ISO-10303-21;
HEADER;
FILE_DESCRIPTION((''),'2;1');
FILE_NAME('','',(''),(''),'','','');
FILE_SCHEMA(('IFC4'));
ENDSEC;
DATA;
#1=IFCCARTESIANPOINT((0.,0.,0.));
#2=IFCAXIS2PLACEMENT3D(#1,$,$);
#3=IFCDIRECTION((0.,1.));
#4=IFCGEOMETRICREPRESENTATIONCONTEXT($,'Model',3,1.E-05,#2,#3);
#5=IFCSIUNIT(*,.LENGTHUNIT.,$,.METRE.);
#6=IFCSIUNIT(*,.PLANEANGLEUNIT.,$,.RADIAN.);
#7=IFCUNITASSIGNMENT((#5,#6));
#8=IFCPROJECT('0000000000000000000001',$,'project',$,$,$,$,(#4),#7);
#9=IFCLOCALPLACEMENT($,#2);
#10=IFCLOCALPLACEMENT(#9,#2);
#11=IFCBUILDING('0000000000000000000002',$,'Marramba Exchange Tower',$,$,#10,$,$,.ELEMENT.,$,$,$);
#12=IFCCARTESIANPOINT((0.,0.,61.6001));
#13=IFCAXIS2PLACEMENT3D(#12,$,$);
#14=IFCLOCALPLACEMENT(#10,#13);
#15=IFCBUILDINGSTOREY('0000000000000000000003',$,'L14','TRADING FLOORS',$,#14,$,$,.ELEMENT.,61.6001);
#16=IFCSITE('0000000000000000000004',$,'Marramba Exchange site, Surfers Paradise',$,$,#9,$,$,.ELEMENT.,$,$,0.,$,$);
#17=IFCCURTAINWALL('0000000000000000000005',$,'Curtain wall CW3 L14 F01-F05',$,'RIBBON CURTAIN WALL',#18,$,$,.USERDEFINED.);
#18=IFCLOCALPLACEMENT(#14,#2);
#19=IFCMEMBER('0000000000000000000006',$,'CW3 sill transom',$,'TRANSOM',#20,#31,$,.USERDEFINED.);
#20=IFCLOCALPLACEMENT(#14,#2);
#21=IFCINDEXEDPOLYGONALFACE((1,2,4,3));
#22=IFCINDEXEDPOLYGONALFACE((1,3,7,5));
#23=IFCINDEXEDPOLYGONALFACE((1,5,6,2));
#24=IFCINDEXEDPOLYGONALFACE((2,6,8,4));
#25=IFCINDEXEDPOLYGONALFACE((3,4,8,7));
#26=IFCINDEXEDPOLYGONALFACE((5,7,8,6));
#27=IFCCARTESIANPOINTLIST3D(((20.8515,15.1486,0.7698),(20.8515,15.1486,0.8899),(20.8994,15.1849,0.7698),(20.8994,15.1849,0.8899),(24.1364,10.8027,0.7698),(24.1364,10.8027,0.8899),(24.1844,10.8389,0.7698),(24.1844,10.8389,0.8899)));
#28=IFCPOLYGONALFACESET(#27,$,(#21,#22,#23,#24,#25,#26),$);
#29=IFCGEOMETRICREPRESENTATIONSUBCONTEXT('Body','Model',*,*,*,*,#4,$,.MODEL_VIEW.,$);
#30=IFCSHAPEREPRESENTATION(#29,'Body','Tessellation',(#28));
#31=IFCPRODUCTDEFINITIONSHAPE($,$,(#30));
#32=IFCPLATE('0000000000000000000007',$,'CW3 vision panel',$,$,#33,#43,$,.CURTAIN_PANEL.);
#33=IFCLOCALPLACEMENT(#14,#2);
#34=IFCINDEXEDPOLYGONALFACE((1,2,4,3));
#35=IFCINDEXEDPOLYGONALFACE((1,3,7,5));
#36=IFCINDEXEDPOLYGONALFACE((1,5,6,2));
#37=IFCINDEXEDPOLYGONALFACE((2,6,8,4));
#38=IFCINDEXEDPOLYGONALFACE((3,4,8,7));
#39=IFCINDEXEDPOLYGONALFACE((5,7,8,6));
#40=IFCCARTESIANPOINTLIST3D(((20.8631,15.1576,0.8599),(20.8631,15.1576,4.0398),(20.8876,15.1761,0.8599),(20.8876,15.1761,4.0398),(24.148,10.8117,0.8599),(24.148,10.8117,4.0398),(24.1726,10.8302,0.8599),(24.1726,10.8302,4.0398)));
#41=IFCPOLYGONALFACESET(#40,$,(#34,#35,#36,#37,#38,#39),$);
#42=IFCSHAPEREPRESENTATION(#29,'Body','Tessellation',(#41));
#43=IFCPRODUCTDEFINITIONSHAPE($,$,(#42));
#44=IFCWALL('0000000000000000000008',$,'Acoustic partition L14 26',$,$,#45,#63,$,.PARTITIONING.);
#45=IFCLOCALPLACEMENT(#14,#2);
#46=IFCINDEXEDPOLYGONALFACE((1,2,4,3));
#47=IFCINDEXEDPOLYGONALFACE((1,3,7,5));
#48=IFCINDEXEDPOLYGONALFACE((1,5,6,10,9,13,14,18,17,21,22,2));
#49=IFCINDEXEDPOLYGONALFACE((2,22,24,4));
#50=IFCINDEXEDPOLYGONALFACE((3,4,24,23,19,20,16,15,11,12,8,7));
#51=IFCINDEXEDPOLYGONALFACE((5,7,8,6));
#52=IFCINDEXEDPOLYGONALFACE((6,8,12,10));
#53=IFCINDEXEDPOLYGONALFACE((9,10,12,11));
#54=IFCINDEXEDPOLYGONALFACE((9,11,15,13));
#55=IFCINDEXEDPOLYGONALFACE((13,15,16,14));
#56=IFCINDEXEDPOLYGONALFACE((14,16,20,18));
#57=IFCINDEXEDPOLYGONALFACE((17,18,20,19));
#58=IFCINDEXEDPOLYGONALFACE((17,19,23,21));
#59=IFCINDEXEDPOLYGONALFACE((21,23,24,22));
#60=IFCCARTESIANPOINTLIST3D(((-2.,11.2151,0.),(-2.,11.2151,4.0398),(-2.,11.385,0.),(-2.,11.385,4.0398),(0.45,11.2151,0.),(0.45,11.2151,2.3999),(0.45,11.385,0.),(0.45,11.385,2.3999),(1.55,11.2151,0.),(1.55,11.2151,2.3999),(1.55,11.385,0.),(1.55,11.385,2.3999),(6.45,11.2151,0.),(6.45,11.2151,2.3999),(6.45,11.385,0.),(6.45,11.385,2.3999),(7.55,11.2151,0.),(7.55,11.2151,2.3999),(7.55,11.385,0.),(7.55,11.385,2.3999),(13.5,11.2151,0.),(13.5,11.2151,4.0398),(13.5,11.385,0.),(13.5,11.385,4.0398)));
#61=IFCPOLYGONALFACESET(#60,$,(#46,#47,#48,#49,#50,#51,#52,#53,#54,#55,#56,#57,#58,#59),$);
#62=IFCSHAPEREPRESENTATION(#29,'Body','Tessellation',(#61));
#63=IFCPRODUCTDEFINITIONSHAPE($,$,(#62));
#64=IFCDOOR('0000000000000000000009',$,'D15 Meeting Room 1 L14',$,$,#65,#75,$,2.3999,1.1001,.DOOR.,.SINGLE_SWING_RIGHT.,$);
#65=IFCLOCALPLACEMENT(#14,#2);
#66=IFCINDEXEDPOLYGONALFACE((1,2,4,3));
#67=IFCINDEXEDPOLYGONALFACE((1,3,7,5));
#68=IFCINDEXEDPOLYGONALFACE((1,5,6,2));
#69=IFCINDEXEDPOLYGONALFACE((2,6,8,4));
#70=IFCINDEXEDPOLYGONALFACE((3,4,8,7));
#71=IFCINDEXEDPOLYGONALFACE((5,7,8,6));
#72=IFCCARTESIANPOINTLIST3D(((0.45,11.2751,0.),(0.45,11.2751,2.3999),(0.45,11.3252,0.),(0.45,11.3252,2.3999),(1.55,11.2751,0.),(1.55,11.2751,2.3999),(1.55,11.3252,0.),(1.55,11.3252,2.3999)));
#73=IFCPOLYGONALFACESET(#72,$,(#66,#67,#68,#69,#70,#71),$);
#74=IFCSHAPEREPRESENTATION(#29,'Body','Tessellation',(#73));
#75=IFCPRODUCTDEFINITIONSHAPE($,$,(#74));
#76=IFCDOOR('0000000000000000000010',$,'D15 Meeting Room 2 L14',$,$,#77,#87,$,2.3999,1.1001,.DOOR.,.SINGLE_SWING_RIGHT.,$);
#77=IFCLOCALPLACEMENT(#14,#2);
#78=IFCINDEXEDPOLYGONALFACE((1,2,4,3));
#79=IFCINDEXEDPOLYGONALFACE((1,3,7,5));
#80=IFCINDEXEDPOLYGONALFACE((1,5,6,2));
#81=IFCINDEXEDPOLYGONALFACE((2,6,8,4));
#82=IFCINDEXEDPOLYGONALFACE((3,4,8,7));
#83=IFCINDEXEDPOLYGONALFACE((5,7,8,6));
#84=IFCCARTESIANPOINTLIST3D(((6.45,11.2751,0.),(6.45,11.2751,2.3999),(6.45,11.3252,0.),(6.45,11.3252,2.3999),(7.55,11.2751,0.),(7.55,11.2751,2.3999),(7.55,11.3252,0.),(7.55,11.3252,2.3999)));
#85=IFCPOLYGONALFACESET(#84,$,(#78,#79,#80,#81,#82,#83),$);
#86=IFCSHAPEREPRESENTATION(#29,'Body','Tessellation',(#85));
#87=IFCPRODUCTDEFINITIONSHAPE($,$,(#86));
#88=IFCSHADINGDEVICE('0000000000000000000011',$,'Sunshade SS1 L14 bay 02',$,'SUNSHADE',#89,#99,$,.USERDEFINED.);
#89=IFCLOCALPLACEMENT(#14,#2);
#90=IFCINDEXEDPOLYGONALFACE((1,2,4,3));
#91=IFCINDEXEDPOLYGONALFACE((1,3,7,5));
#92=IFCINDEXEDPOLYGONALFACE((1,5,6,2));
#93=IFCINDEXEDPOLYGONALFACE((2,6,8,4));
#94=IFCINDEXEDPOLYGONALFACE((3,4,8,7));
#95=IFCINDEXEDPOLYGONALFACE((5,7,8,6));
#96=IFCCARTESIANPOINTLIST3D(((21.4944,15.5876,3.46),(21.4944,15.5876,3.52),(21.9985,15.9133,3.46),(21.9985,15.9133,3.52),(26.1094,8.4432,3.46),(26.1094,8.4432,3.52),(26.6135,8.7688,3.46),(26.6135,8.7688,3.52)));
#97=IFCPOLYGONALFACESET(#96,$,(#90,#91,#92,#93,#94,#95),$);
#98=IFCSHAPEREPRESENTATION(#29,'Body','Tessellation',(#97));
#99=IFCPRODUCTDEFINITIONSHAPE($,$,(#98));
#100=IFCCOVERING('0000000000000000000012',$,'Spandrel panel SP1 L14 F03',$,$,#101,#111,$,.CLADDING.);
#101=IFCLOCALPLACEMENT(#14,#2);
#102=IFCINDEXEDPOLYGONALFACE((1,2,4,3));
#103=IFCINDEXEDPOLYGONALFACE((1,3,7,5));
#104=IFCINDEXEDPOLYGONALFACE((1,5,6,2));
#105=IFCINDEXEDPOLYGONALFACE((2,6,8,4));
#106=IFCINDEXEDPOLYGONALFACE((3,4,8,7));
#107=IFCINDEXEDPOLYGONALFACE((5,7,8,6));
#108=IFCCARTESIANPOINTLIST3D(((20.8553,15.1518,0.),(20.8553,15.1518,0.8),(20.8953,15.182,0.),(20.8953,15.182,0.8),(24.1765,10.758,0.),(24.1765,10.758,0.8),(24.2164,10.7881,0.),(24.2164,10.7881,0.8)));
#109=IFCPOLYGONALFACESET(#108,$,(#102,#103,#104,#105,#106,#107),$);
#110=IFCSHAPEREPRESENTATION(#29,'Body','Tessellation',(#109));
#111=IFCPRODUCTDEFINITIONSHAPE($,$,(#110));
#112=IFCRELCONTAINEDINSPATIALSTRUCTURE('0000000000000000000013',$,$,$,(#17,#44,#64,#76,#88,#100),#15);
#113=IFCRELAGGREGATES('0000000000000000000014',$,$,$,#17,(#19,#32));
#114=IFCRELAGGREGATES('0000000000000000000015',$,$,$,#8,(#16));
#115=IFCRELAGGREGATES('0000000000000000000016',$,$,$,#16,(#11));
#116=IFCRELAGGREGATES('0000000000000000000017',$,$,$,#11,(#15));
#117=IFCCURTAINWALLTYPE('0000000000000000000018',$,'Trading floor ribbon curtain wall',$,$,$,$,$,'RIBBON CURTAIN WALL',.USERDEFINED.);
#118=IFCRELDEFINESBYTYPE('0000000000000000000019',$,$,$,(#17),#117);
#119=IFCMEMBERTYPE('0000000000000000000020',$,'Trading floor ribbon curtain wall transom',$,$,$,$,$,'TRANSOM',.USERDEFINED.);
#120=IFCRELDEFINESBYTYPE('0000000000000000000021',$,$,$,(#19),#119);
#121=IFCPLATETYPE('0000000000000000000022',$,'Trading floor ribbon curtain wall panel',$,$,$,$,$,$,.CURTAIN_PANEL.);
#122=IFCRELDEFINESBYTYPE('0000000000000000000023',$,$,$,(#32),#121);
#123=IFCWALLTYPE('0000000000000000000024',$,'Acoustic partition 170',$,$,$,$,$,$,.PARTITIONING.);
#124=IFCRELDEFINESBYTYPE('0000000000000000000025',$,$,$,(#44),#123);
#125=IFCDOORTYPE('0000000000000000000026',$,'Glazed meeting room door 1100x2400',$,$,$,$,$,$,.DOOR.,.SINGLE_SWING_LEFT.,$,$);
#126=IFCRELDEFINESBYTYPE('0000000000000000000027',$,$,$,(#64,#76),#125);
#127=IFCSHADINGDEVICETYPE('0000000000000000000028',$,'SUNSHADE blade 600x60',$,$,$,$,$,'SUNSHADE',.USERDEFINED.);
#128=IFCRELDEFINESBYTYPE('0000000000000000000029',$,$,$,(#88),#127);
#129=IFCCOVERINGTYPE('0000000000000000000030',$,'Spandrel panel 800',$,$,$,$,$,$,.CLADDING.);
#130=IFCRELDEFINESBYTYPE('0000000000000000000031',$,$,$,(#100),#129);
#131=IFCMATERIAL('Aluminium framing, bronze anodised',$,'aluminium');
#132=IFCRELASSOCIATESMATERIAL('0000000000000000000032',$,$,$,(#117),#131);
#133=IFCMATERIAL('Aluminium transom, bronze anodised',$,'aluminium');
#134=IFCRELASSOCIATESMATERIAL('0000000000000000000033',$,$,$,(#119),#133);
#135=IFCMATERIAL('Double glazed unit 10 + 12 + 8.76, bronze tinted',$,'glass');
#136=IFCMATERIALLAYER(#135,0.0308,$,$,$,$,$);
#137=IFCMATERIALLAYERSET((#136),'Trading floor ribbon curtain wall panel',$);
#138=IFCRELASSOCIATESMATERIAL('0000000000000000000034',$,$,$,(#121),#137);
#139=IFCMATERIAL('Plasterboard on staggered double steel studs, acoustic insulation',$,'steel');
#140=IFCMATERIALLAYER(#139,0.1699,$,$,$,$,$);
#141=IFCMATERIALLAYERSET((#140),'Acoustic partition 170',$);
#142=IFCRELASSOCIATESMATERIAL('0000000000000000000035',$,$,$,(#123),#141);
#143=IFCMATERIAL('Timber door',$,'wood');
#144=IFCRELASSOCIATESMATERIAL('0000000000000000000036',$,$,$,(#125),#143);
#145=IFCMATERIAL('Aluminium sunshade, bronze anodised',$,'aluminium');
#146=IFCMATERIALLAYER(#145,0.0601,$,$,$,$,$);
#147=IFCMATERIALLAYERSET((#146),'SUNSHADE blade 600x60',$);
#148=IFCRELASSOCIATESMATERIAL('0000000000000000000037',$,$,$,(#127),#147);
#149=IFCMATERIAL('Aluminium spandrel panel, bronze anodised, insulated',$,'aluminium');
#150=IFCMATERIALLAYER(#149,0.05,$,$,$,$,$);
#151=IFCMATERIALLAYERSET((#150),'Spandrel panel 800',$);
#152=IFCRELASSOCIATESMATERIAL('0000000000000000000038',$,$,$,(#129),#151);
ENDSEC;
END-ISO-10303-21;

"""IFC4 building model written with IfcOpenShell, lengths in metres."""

from ifc_helpers import new_model, si_unit, direction, frame, frame_2d, origin, origin_2d, place, context, subcontext, project, spatial, rectangle, extrude, material, layer, layer_set, material_profile, profile_set, type_object, element, fill, aggregate, save


model = new_model("IFC4")

# Units and contexts
model_context = context("Model", 3, precision=1e-05, world=origin(), true_north=direction((0.0, 1.0)))
body_context = subcontext(model_context, "Body", "Model", "MODEL_VIEW")
ifc_project = project(units=[si_unit("LENGTHUNIT", "METRE"), si_unit("PLANEANGLEUNIT", "RADIAN")], contexts=[model_context])

# Site, building, storey
site_placement = place(None, origin())
site = spatial("IfcSite", under=ifc_project, at=site_placement, Name="Marramba Exchange site, Surfers Paradise", CompositionType="ELEMENT", RefElevation=0.0)
building_placement = place(site_placement, origin())
building = spatial("IfcBuilding", under=site, at=building_placement, Name="Marramba Exchange Tower", CompositionType="ELEMENT")
storey_placement = place(building_placement, frame((0.0, 0.0, 61.6001)))
storey = spatial("IfcBuildingStorey", under=building, at=storey_placement, Name="L14", Description="TRADING FLOORS", CompositionType="ELEMENT", Elevation=61.6001)

# Curtain wall, member, plate
ifc_material_1 = material(Name="Aluminium framing, bronze anodised", Category="aluminium")
curtain_wall_type = type_object("IfcCurtainWallType", Name="Trading floor ribbon curtain wall", ElementType="RIBBON CURTAIN WALL", PredefinedType="USERDEFINED", material=ifc_material_1)
curtain_wall_placement = place(storey_placement, origin())
curtain_wall = element("IfcCurtainWall", 1, at=curtain_wall_placement, inside=storey, type_object=curtain_wall_type, Name="Curtain wall CW3 L14 F01-F05", ObjectType="RIBBON CURTAIN WALL", PredefinedType="USERDEFINED")
ifc_material_2 = material(Name="Aluminium transom, bronze anodised", Category="aluminium")
ifc_material_profile_1 = material_profile(ifc_material_2, rectangle(XDim=0.0601, YDim=0.1201, at=origin_2d()), Name="CW3 transom 60x120")
ifc_profile_set_1 = profile_set([ifc_material_profile_1], Name="Aluminium transom, bronze anodised")
member_type_1 = type_object("IfcMemberType", Name="Trading floor ribbon curtain wall transom", ElementType="TRANSOM", PredefinedType="USERDEFINED", material=ifc_profile_set_1)
member_1_placement = place(storey_placement, frame((24.1604, 10.8208, 0.8298), z_axis=(-0.602986, 0.797752, 0.0), x_axis=(-0.797752, -0.602986, 0.0)))
member_1 = element("IfcMember", 2, at=member_1_placement, type_object=member_type_1, Name="CW3 sill transom", ObjectType="TRANSOM", PredefinedType="USERDEFINED", context=body_context, shape_type="SweptSolid", body=[
    extrude(rectangle(XDim=0.0601, YDim=0.1201, at=origin_2d()), origin(), (0.0, 0.0, 1.0), 5.4478),
])
ifc_material_3 = material(Name="Double glazed unit 10 + 12 + 8.76, bronze tinted", Category="glass")
ifc_layer_1 = layer(ifc_material_3, 0.0308)
ifc_layer_set_1 = layer_set([ifc_layer_1], Name="Trading floor ribbon curtain wall panel")
plate_type = type_object("IfcPlateType", Name="Trading floor ribbon curtain wall panel", PredefinedType="CURTAIN_PANEL", material=ifc_layer_set_1)
plate_placement = place(storey_placement, frame((22.5178, 12.9939, 0.8599), z_axis=(0.0, 0.0, 1.0), x_axis=(-0.60299, 0.797749, 0.0)))
plate = element("IfcPlate", 3, at=plate_placement, type_object=plate_type, Name="CW3 vision panel", PredefinedType="CURTAIN_PANEL", context=body_context, shape_type="SweptSolid", body=[
    extrude(rectangle(XDim=5.4478, YDim=0.0308, at=origin_2d()), origin(), (0.0, 0.0, 1.0), 3.1799),
])
aggregate(curtain_wall, [member_1, plate])

# Wall, openings, doors
ifc_material_4 = material(Name="Plasterboard on staggered double steel studs, acoustic insulation", Category="steel")
ifc_layer_2 = layer(ifc_material_4, 0.1699)
ifc_layer_set_2 = layer_set([ifc_layer_2], Name="Acoustic partition 170")
wall_type_1 = type_object("IfcWallType", Name="Acoustic partition 170", PredefinedType="PARTITIONING", material=ifc_layer_set_2)
wall_1_placement = place(storey_placement, frame((13.5, 11.3, 0.0), z_axis=(0.0, 0.0, 1.0), x_axis=(-1.0, 0.0, 0.0)))
wall_1 = element("IfcWall", 4, at=wall_1_placement, inside=storey, type_object=wall_type_1, Name="Acoustic partition L14 26", PredefinedType="PARTITIONING", context=body_context, shape_type="SweptSolid", body=[
    extrude(rectangle(XDim=15.5, YDim=0.1699, at=frame_2d((7.75, 0.0))), origin(), (0.0, 0.0, 1.0), 4.0398),
])
opening_1_placement = place(wall_1_placement, frame((11.95, 0.0, 0.0)))
opening_1 = element("IfcOpeningElement", 5, at=opening_1_placement, cuts=wall_1, PredefinedType="OPENING", context=body_context, shape_type="SweptSolid", body=[
    extrude(rectangle(XDim=1.1001, YDim=2.3999, at=frame_2d((0.55, 1.2))), frame((0.0, 0.095, 0.0), z_axis=(0.0, -1.0, 0.0), x_axis=(1.0, 0.0, 0.0)), (0.0, 0.0, 1.0), 0.1899),
])
opening_2_placement = place(wall_1_placement, frame((5.95, 0.0, 0.0)))
opening_2 = element("IfcOpeningElement", 6, at=opening_2_placement, cuts=wall_1, PredefinedType="OPENING", context=body_context, shape_type="SweptSolid", body=[
    extrude(rectangle(XDim=1.1001, YDim=2.3999, at=frame_2d((0.55, 1.2))), frame((0.0, 0.095, 0.0), z_axis=(0.0, -1.0, 0.0), x_axis=(1.0, 0.0, 0.0)), (0.0, 0.0, 1.0), 0.1899),
])
ifc_material_5 = material(Name="Timber door", Category="wood")
door_type_1 = type_object("IfcDoorType", Name="Glazed meeting room door 1100x2400", OperationType="SINGLE_SWING_LEFT", PredefinedType="DOOR", material=ifc_material_5)
door_1_placement = place(opening_1_placement, frame((1.1001, 0.0, 0.0), z_axis=(0.0, 0.0, 1.0), x_axis=(-1.0, 0.0, 0.0)))
door_1 = element("IfcDoor", 7, at=door_1_placement, inside=storey, type_object=door_type_1, Name="D15 Meeting Room 1 L14", OperationType="SINGLE_SWING_RIGHT", OverallHeight=2.3999, OverallWidth=1.1001, PredefinedType="DOOR", context=body_context, shape_type="SweptSolid", body=[
    extrude(rectangle(XDim=1.1001, YDim=2.3999, at=frame_2d((0.55, 1.2))), frame((0.0, 0.0251, 0.0), z_axis=(0.0, -1.0, 0.0), x_axis=(1.0, 0.0, 0.0)), (0.0, 0.0, 1.0), 0.05),
])
fill(opening_1, door_1)
door_2_placement = place(opening_2_placement, frame((1.1001, 0.0, 0.0), z_axis=(0.0, 0.0, 1.0), x_axis=(-1.0, 0.0, 0.0)))
door_2 = element("IfcDoor", 8, at=door_2_placement, inside=storey, type_object=door_type_1, Name="D15 Meeting Room 2 L14", OperationType="SINGLE_SWING_RIGHT", OverallHeight=2.3999, OverallWidth=1.1001, PredefinedType="DOOR", context=body_context, shape_type="SweptSolid", body=[
    extrude(rectangle(XDim=1.1001, YDim=2.3999, at=frame_2d((0.55, 1.2))), frame((0.0, 0.0251, 0.0), z_axis=(0.0, -1.0, 0.0), x_axis=(1.0, 0.0, 0.0)), (0.0, 0.0, 1.0), 0.05),
])
fill(opening_2, door_2)

# Shading device
ifc_material_6 = material(Name="Aluminium sunshade, bronze anodised", Category="aluminium")
ifc_layer_3 = layer(ifc_material_6, 0.0601)
ifc_layer_set_3 = layer_set([ifc_layer_3], Name="SUNSHADE blade 600x60")
shading_device_type = type_object("IfcShadingDeviceType", Name="SUNSHADE blade 600x60", ElementType="SUNSHADE", PredefinedType="USERDEFINED", material=ifc_layer_set_3)
shading_device_placement = place(storey_placement, frame((24.054, 12.1782, 3.46), z_axis=(0.0, 0.0, 1.0), x_axis=(-0.542597, 0.839993, 0.0)))
element("IfcShadingDevice", 9, at=shading_device_placement, inside=storey, type_object=shading_device_type, Name="Sunshade SS1 L14 bay 02", ObjectType="SUNSHADE", PredefinedType="USERDEFINED", context=body_context, shape_type="SweptSolid", body=[
    extrude(rectangle(XDim=8.5054, YDim=0.6001, at=origin_2d()), origin(), (0.0, 0.0, 1.0), 0.0601),
])

# Covering
ifc_material_7 = material(Name="Aluminium spandrel panel, bronze anodised, insulated", Category="aluminium")
ifc_layer_4 = layer(ifc_material_7, 0.05)
ifc_layer_set_4 = layer_set([ifc_layer_4], Name="Spandrel panel 800")
covering_type = type_object("IfcCoveringType", Name="Spandrel panel 800", PredefinedType="CLADDING", material=ifc_layer_set_4)
covering_placement = place(storey_placement, frame((22.5359, 12.97, 0.0), z_axis=(0.0, 0.0, 1.0), x_axis=(-0.60299, 0.797749, 0.0)))
element("IfcCovering", 10, at=covering_placement, inside=storey, type_object=covering_type, Name="Spandrel panel SP1 L14 F03", PredefinedType="CLADDING", context=body_context, shape_type="SweptSolid", body=[
    extrude(rectangle(XDim=5.5078, YDim=0.05, at=origin_2d()), origin(), (0.0, 0.0, 1.0), 0.8),
])

save(model, "model.ifc")
